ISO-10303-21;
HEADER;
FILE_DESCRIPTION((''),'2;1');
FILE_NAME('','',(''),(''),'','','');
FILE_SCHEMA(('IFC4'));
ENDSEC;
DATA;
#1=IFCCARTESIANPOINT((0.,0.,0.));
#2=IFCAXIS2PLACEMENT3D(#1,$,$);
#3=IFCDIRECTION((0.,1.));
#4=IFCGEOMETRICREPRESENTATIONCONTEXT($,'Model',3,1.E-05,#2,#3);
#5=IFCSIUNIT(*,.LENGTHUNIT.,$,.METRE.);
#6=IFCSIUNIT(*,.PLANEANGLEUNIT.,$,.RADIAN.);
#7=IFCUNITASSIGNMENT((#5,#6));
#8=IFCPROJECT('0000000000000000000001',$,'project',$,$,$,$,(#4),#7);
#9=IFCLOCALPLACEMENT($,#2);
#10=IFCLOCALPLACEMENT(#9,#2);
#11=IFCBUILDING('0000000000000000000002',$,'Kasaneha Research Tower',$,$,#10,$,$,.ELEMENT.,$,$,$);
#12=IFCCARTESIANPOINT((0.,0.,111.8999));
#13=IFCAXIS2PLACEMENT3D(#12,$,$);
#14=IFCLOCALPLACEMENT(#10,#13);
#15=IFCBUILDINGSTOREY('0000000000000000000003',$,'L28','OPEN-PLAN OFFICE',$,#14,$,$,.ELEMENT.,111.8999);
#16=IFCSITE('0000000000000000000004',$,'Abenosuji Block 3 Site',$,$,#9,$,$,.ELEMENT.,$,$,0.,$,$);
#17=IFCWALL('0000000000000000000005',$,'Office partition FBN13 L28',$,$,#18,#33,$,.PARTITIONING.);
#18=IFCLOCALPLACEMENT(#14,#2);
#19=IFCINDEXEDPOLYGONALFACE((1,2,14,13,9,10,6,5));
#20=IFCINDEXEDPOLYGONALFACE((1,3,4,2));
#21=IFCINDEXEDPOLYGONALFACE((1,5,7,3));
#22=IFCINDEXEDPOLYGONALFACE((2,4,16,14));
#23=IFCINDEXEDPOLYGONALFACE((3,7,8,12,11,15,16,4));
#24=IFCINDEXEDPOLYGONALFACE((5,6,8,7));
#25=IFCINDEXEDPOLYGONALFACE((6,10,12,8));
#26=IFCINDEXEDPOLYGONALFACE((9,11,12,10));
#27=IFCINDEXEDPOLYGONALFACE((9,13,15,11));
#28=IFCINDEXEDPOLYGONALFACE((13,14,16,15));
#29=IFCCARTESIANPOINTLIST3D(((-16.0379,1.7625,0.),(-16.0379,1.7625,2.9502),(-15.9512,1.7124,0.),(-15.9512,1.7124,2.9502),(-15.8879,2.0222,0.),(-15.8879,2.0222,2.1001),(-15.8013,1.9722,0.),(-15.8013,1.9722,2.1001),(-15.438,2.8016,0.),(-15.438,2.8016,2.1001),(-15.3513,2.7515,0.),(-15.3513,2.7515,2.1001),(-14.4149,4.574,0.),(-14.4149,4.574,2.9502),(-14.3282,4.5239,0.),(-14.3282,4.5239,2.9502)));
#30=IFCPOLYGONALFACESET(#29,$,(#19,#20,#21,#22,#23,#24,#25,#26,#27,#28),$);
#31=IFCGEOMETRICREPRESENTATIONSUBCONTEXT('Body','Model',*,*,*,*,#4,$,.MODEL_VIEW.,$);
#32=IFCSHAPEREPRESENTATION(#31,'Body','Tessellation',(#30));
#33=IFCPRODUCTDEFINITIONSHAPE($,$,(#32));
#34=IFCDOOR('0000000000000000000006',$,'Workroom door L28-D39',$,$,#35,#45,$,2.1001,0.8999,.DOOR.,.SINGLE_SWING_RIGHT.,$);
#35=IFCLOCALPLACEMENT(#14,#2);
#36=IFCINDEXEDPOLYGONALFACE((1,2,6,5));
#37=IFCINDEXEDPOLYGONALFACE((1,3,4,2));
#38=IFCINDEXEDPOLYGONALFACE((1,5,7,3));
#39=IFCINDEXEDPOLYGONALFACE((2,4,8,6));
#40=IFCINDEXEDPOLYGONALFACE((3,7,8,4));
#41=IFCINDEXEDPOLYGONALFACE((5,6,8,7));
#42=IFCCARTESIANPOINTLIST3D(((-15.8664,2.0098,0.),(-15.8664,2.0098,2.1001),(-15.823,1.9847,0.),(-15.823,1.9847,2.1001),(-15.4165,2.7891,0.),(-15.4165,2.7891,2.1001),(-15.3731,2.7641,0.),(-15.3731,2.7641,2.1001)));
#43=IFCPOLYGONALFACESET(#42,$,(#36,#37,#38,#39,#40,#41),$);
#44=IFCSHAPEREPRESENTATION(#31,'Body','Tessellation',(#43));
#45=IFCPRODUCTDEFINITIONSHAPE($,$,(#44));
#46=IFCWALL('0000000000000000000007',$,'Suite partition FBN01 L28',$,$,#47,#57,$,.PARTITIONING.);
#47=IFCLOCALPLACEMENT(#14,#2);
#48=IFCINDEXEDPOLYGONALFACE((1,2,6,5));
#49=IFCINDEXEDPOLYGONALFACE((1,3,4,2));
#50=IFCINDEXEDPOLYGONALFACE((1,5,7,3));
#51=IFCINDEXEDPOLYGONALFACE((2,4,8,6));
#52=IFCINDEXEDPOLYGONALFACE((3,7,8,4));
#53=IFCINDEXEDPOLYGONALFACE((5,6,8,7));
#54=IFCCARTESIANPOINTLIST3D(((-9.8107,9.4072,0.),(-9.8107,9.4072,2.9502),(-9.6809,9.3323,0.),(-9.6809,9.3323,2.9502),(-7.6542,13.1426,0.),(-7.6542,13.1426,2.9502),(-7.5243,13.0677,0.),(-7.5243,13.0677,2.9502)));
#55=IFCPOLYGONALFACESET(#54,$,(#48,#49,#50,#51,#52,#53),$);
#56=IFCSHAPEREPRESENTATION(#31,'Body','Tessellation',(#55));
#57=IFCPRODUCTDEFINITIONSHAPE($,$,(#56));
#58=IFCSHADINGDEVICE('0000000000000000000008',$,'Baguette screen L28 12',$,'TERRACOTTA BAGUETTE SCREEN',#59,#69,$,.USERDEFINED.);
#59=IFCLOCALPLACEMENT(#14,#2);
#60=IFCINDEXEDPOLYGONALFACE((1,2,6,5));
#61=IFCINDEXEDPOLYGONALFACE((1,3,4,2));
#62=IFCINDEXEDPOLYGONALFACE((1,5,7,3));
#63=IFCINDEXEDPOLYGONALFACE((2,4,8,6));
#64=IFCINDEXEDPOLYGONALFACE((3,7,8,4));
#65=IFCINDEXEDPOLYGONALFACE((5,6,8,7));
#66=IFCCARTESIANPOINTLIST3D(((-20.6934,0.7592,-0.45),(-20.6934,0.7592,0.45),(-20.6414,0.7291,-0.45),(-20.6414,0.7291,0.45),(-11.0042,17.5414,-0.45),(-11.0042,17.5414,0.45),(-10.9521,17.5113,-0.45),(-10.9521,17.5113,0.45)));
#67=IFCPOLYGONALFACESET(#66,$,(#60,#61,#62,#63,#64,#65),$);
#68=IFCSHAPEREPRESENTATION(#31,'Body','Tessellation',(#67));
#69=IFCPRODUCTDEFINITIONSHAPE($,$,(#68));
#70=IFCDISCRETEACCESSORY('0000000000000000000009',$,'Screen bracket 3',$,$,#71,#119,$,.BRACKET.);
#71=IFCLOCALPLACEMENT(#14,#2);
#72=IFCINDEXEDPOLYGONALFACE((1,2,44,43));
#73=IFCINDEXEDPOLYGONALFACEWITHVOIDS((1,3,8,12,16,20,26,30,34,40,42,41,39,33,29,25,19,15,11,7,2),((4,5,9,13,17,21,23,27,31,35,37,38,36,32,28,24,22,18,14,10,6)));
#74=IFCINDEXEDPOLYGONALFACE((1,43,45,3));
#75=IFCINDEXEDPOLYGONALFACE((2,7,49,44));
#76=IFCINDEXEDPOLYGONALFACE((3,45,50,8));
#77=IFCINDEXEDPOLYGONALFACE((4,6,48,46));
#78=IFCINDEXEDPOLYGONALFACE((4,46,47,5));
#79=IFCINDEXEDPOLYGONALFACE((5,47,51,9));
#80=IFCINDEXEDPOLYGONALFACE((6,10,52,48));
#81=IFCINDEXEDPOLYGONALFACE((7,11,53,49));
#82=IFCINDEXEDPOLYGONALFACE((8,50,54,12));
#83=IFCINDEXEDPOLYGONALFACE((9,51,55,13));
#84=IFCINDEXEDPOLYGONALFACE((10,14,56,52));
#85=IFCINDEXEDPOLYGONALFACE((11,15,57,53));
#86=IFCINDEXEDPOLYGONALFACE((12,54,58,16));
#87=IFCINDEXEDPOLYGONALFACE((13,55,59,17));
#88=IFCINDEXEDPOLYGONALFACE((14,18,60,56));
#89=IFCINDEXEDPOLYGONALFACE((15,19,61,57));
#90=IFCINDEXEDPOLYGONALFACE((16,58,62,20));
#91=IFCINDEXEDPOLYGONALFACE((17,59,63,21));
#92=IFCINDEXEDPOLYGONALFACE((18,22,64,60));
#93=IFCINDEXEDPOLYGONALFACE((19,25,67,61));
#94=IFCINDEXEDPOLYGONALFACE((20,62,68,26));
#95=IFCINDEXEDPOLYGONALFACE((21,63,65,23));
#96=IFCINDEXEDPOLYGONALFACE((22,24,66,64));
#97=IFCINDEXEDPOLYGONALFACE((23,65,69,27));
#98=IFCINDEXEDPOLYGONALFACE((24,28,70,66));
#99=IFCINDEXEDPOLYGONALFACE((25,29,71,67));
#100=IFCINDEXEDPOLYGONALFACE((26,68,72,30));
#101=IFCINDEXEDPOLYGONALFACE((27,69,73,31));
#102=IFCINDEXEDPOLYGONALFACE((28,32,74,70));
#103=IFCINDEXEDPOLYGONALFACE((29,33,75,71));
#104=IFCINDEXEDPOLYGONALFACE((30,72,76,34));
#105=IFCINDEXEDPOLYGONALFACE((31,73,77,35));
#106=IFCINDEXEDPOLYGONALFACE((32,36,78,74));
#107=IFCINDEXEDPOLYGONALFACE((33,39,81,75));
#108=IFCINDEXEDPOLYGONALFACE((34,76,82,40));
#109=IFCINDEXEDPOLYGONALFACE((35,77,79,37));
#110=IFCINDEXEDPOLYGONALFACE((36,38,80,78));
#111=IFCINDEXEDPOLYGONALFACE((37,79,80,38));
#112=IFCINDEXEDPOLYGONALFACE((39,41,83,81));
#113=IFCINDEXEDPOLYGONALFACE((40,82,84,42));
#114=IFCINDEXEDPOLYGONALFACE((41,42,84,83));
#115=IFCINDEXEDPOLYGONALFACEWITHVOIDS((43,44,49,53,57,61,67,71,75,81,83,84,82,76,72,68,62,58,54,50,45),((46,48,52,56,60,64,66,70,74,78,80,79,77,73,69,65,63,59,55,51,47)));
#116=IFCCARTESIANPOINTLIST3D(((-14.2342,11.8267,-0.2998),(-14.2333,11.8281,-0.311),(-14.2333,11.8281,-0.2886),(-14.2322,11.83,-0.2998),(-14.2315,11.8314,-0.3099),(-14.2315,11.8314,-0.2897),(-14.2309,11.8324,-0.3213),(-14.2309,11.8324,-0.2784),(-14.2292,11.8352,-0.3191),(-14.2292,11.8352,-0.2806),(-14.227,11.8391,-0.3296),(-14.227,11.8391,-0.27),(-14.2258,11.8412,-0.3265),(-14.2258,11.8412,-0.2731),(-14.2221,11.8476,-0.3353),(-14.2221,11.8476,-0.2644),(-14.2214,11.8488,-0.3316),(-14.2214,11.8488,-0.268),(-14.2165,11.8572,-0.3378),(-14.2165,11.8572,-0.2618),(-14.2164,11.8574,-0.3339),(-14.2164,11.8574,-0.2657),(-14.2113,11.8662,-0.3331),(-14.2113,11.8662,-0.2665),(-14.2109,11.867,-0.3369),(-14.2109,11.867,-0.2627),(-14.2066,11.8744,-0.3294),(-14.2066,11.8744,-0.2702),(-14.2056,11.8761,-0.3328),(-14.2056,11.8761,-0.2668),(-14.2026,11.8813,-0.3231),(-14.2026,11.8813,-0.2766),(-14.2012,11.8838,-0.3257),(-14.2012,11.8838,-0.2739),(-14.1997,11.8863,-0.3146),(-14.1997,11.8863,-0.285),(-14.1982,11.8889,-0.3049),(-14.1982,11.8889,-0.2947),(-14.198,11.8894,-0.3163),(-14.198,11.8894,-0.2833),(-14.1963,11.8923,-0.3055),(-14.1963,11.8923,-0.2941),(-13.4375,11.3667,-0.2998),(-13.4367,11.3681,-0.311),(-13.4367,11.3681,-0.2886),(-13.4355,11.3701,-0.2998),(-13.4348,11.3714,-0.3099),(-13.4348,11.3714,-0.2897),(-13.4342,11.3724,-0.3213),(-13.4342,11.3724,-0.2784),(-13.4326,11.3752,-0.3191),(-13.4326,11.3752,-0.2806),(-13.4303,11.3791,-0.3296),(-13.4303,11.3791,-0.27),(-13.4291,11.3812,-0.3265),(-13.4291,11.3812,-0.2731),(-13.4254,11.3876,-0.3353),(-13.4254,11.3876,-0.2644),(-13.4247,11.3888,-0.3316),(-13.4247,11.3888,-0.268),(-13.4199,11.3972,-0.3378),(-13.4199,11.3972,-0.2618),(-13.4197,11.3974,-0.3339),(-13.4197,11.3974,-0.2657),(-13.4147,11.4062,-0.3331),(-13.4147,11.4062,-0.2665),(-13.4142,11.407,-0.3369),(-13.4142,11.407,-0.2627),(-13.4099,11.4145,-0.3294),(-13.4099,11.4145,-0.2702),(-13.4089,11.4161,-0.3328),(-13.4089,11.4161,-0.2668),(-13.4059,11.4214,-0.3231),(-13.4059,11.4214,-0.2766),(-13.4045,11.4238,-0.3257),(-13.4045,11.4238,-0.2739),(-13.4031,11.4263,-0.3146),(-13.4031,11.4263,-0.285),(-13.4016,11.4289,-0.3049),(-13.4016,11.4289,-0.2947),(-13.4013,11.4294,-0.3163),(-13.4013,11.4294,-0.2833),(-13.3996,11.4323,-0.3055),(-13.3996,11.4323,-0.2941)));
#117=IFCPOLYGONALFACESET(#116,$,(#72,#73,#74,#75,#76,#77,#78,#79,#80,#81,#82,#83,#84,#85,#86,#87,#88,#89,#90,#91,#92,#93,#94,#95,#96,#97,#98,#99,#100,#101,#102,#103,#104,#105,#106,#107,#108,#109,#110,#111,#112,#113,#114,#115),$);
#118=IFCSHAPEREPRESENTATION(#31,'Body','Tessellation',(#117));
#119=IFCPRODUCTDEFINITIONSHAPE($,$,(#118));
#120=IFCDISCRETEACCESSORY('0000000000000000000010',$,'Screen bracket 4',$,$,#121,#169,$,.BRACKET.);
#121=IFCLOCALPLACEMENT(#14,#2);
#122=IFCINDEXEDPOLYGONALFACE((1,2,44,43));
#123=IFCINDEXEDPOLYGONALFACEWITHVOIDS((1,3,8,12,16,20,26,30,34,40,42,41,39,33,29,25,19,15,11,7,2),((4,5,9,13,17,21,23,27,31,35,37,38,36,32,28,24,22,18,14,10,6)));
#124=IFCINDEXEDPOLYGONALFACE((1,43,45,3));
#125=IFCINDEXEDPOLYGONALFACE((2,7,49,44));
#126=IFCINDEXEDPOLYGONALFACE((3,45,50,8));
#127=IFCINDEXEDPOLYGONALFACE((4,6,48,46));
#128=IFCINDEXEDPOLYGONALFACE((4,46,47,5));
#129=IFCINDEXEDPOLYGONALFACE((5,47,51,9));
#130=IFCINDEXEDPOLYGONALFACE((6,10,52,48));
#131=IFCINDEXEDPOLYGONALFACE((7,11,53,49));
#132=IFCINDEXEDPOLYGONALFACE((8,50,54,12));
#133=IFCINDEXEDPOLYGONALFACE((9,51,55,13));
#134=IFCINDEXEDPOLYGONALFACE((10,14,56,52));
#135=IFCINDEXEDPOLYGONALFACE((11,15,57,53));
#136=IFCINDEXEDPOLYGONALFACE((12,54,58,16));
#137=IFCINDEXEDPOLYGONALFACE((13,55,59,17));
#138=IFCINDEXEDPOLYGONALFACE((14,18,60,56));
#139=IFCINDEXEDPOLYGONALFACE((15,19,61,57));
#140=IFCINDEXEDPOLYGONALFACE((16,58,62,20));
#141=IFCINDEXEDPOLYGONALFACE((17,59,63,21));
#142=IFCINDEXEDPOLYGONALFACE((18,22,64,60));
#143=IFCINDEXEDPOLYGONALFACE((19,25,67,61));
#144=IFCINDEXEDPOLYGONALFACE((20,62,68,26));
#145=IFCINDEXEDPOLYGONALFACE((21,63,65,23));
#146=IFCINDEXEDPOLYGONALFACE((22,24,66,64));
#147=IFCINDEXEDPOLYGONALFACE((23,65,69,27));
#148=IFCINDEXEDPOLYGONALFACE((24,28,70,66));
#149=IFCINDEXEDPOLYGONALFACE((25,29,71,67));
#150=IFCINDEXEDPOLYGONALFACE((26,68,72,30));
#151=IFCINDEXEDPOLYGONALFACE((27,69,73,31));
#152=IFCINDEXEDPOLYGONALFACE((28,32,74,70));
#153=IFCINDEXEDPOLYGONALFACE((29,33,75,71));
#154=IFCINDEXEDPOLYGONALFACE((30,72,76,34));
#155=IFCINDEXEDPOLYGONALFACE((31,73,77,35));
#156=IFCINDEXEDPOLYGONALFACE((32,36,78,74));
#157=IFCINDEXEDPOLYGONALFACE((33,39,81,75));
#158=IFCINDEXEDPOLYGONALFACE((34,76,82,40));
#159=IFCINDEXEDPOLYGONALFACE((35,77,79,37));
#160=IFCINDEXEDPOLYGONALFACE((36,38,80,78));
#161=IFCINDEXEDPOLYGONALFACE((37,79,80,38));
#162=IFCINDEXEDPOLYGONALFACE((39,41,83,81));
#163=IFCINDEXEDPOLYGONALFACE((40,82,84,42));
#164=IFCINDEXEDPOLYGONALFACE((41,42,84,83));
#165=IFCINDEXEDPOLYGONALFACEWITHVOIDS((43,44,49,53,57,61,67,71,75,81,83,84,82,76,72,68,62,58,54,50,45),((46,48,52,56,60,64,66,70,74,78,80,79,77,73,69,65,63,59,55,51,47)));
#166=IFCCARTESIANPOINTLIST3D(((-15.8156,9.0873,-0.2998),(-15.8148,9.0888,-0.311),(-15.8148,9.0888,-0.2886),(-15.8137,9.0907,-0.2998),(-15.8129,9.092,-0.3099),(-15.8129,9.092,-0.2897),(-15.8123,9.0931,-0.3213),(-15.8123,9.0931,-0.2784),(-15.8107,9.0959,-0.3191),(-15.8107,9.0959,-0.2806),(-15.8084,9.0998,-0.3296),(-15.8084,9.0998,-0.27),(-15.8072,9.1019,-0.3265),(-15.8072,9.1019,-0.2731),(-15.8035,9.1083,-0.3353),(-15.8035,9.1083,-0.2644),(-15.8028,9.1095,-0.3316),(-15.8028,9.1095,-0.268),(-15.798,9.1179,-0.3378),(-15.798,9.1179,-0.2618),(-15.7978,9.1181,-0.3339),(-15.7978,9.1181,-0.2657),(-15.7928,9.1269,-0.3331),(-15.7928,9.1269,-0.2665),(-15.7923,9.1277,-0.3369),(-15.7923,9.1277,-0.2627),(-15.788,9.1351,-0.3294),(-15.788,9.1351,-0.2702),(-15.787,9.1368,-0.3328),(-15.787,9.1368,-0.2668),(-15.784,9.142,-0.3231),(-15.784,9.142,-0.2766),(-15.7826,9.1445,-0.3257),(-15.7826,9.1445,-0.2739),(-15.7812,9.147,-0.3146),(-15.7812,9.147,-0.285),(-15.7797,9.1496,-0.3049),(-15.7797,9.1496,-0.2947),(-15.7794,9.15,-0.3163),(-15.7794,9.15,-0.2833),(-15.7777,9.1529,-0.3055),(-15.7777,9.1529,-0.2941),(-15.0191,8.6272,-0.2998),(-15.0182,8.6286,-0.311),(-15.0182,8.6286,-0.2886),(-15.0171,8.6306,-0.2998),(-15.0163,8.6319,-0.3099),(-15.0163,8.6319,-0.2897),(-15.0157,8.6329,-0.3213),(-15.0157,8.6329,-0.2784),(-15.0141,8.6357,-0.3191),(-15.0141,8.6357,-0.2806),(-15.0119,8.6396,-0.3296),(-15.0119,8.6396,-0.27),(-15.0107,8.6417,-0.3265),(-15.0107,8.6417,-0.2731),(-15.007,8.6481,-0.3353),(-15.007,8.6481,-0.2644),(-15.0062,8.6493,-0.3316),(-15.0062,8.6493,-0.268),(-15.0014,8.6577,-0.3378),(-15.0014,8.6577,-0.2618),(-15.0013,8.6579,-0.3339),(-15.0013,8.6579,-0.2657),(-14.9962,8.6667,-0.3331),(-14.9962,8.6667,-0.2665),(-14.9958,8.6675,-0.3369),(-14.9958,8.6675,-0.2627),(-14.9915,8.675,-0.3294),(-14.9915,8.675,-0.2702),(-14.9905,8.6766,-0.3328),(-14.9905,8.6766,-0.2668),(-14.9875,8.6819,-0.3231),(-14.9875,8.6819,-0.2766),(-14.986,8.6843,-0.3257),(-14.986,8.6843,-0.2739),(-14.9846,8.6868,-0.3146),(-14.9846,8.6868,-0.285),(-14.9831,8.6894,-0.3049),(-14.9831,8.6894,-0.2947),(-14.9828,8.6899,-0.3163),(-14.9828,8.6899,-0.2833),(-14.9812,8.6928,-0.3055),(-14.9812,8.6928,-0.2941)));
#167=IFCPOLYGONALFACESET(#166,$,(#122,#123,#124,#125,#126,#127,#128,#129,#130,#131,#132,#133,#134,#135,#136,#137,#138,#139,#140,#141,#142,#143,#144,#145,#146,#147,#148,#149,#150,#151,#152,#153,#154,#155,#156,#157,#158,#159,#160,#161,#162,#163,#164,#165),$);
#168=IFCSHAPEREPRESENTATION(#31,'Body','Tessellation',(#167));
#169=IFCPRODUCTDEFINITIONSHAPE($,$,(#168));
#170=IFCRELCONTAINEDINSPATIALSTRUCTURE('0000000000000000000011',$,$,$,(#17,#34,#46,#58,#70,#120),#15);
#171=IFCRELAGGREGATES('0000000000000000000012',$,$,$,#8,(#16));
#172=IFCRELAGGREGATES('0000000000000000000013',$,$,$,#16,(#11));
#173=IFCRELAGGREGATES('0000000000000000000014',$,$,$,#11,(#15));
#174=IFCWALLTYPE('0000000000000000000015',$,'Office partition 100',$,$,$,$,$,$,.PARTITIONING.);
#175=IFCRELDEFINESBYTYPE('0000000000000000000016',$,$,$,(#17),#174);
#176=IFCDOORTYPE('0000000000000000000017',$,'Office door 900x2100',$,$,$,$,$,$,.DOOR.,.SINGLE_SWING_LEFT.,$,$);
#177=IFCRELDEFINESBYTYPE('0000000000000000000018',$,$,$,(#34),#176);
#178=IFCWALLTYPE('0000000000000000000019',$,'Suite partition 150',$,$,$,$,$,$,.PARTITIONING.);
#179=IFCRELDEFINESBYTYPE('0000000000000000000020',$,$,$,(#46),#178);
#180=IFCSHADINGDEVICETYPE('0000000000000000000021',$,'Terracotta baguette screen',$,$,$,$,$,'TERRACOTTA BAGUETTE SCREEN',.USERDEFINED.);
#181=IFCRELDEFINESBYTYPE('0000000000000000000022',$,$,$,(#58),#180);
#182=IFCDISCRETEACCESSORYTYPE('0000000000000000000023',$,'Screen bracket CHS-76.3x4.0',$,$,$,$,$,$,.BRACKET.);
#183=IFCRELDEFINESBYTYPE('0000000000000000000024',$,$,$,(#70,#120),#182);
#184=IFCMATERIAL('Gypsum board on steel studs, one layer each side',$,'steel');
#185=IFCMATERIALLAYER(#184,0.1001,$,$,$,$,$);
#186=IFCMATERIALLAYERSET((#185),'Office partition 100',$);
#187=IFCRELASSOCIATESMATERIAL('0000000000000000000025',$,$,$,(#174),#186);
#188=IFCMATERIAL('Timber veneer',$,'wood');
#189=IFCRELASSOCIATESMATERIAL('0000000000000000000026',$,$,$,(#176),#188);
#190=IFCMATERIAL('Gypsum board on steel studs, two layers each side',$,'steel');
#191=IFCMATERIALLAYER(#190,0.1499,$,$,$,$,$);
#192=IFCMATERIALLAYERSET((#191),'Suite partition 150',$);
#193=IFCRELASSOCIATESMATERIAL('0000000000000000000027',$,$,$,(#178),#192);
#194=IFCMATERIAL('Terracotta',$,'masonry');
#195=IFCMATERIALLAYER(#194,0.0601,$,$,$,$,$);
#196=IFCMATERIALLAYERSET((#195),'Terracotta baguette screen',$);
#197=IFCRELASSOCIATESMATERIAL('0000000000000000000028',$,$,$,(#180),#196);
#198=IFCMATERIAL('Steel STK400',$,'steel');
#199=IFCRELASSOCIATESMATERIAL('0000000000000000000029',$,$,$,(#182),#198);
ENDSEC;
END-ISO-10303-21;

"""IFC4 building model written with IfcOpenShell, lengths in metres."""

from ifc_helpers import new_model, si_unit, direction, frame, frame_2d, origin, origin_2d, place, context, subcontext, project, spatial, rectangle, hollow_circle, extrude, material, layer, layer_set, material_profile, profile_set, type_object, element, fill, save


model = new_model("IFC4")

# Units and contexts
model_context = context("Model", 3, precision=1e-05, world=origin(), true_north=direction((0.0, 1.0)))
body_context = subcontext(model_context, "Body", "Model", "MODEL_VIEW")
ifc_project = project(units=[si_unit("LENGTHUNIT", "METRE"), si_unit("PLANEANGLEUNIT", "RADIAN")], contexts=[model_context])

# Site, building, storey
site_placement = place(None, origin())
site = spatial("IfcSite", under=ifc_project, at=site_placement, Name="Abenosuji Block 3 Site", CompositionType="ELEMENT", RefElevation=0.0)
building_placement = place(site_placement, origin())
building = spatial("IfcBuilding", under=site, at=building_placement, Name="Kasaneha Research Tower", CompositionType="ELEMENT")
storey_placement = place(building_placement, frame((0.0, 0.0, 111.8999)))
storey = spatial("IfcBuildingStorey", under=building, at=storey_placement, Name="L28", Description="OPEN-PLAN OFFICE", CompositionType="ELEMENT", Elevation=111.8999)

# Shared definitions
ifc_material_1 = material(Name="Gypsum board on steel studs, one layer each side", Category="steel")
ifc_layer_1 = layer(ifc_material_1, 0.1001)
ifc_layer_set_1 = layer_set([ifc_layer_1], Name="Office partition 100")
wall_type_1 = type_object("IfcWallType", Name="Office partition 100", PredefinedType="PARTITIONING", material=ifc_layer_set_1)

# Wall, opening, door
wall_1_placement = place(storey_placement, frame((-14.3716, 4.5488, 0.0), z_axis=(0.0, 0.0, 1.0), x_axis=(-0.499957, -0.86605, 0.0)))
wall_1 = element("IfcWall", 1, at=wall_1_placement, inside=storey, type_object=wall_type_1, Name="Office partition FBN13 L28", PredefinedType="PARTITIONING", context=body_context, shape_type="SweptSolid", body=[
    extrude(rectangle(XDim=3.2463, YDim=0.1001, at=frame_2d((1.623, 0.0))), origin(), (0.0, 0.0, 1.0), 2.9502),
])
opening_placement = place(wall_1_placement, frame((2.0464, 0.0, 0.0)))
opening = element("IfcOpeningElement", 2, at=opening_placement, cuts=wall_1, PredefinedType="OPENING", context=body_context, shape_type="SweptSolid", body=[
    extrude(rectangle(XDim=0.8999, YDim=2.1001, at=frame_2d((0.45, 1.05))), frame((0.0, 0.0601, 0.0), z_axis=(0.0, -1.0, 0.0), x_axis=(1.0, 0.0, 0.0)), (0.0, 0.0, 1.0), 0.1201),
])
ifc_material_2 = material(Name="Timber veneer", Category="wood")
door_type = type_object("IfcDoorType", Name="Office door 900x2100", OperationType="SINGLE_SWING_LEFT", PredefinedType="DOOR", material=ifc_material_2)
door_placement = place(opening_placement, origin())
door = element("IfcDoor", 3, at=door_placement, inside=storey, type_object=door_type, Name="Workroom door L28-D39", OperationType="SINGLE_SWING_RIGHT", OverallHeight=2.1001, OverallWidth=0.8999, PredefinedType="DOOR", context=body_context, shape_type="SweptSolid", body=[
    extrude(rectangle(XDim=0.8999, YDim=2.1001, at=frame_2d((0.45, 1.05))), frame((0.0, 0.0249, 0.0), z_axis=(0.0, -1.0, 0.0), x_axis=(1.0, 0.0, 0.0)), (0.0, 0.0, 1.0), 0.05),
])
fill(opening, door)

# Wall
ifc_material_3 = material(Name="Gypsum board on steel studs, two layers each side", Category="steel")
ifc_layer_2 = layer(ifc_material_3, 0.1499)
ifc_layer_set_2 = layer_set([ifc_layer_2], Name="Suite partition 150")
wall_type_2 = type_object("IfcWallType", Name="Suite partition 150", PredefinedType="PARTITIONING", material=ifc_layer_set_2)
wall_2_placement = place(storey_placement, frame((-9.7458, 9.3696, 0.0), z_axis=(0.0, 0.0, 1.0), x_axis=(0.499981, 0.866037, 0.0)))
element("IfcWall", 4, at=wall_2_placement, inside=storey, type_object=wall_type_2, Name="Suite partition FBN01 L28", PredefinedType="PARTITIONING", context=body_context, shape_type="SweptSolid", body=[
    extrude(rectangle(XDim=4.3132, YDim=0.1499, at=frame_2d((2.1567, 0.0))), origin(), (0.0, 0.0, 1.0), 2.9502),
])

# Shading device
ifc_material_4 = material(Name="Terracotta", Category="masonry")
ifc_layer_3 = layer(ifc_material_4, 0.0601)
ifc_layer_set_3 = layer_set([ifc_layer_3], Name="Terracotta baguette screen")
shading_device_type = type_object("IfcShadingDeviceType", Name="Terracotta baguette screen", ElementType="TERRACOTTA BAGUETTE SCREEN", PredefinedType="USERDEFINED", material=ifc_layer_set_3)
shading_device_placement = place(storey_placement, frame((-15.8228, 9.1353, -0.45), z_axis=(0.0, 0.0, 1.0), x_axis=(-0.5, -0.866025, 0.0)))
element("IfcShadingDevice", 5, at=shading_device_placement, inside=storey, type_object=shading_device_type, Name="Baguette screen L28 12", ObjectType="TERRACOTTA BAGUETTE SCREEN", PredefinedType="USERDEFINED", context=body_context, shape_type="SweptSolid", body=[
    extrude(rectangle(XDim=19.3784, YDim=0.0601, at=origin_2d()), origin(), (0.0, 0.0, 1.0), 0.8999),
])

# Discrete accessories
ifc_material_5 = material(Name="Steel STK400", Category="steel")
ifc_material_profile_1 = material_profile(ifc_material_5, hollow_circle(Radius=0.0381, WallThickness=0.0039, at=origin_2d()), Name="CHS-76.3x4.0")
ifc_profile_set_1 = profile_set([ifc_material_profile_1], Name="Steel STK400")
discrete_accessory_type = type_object("IfcDiscreteAccessoryType", Name="Screen bracket CHS-76.3x4.0", PredefinedType="BRACKET", material=ifc_profile_set_1)
for number, where, z_axis, x_axis, name in (
    (6, (-13.4185, 11.3997, -0.2998), (-0.866013, 0.500021, 0.0), (-0.500021, -0.866013, 0.0), "Screen bracket 3"),
    (7, (-15.0, 8.6602, -0.2998), (-0.865898, 0.50022, 0.0), (-0.50022, -0.865898, 0.0), "Screen bracket 4"),
):
    element("IfcDiscreteAccessory", number, at=place(storey_placement, frame(where, z_axis=z_axis, x_axis=x_axis)), inside=storey, type_object=discrete_accessory_type, Name=name, PredefinedType="BRACKET", context=body_context, shape_type="SweptSolid", body=[
        extrude(hollow_circle(Radius=0.0381, WallThickness=0.0039, at=origin_2d()), origin(), (0.0, 0.0, 1.0), 0.9199),
    ])

save(model, "model.ifc")
